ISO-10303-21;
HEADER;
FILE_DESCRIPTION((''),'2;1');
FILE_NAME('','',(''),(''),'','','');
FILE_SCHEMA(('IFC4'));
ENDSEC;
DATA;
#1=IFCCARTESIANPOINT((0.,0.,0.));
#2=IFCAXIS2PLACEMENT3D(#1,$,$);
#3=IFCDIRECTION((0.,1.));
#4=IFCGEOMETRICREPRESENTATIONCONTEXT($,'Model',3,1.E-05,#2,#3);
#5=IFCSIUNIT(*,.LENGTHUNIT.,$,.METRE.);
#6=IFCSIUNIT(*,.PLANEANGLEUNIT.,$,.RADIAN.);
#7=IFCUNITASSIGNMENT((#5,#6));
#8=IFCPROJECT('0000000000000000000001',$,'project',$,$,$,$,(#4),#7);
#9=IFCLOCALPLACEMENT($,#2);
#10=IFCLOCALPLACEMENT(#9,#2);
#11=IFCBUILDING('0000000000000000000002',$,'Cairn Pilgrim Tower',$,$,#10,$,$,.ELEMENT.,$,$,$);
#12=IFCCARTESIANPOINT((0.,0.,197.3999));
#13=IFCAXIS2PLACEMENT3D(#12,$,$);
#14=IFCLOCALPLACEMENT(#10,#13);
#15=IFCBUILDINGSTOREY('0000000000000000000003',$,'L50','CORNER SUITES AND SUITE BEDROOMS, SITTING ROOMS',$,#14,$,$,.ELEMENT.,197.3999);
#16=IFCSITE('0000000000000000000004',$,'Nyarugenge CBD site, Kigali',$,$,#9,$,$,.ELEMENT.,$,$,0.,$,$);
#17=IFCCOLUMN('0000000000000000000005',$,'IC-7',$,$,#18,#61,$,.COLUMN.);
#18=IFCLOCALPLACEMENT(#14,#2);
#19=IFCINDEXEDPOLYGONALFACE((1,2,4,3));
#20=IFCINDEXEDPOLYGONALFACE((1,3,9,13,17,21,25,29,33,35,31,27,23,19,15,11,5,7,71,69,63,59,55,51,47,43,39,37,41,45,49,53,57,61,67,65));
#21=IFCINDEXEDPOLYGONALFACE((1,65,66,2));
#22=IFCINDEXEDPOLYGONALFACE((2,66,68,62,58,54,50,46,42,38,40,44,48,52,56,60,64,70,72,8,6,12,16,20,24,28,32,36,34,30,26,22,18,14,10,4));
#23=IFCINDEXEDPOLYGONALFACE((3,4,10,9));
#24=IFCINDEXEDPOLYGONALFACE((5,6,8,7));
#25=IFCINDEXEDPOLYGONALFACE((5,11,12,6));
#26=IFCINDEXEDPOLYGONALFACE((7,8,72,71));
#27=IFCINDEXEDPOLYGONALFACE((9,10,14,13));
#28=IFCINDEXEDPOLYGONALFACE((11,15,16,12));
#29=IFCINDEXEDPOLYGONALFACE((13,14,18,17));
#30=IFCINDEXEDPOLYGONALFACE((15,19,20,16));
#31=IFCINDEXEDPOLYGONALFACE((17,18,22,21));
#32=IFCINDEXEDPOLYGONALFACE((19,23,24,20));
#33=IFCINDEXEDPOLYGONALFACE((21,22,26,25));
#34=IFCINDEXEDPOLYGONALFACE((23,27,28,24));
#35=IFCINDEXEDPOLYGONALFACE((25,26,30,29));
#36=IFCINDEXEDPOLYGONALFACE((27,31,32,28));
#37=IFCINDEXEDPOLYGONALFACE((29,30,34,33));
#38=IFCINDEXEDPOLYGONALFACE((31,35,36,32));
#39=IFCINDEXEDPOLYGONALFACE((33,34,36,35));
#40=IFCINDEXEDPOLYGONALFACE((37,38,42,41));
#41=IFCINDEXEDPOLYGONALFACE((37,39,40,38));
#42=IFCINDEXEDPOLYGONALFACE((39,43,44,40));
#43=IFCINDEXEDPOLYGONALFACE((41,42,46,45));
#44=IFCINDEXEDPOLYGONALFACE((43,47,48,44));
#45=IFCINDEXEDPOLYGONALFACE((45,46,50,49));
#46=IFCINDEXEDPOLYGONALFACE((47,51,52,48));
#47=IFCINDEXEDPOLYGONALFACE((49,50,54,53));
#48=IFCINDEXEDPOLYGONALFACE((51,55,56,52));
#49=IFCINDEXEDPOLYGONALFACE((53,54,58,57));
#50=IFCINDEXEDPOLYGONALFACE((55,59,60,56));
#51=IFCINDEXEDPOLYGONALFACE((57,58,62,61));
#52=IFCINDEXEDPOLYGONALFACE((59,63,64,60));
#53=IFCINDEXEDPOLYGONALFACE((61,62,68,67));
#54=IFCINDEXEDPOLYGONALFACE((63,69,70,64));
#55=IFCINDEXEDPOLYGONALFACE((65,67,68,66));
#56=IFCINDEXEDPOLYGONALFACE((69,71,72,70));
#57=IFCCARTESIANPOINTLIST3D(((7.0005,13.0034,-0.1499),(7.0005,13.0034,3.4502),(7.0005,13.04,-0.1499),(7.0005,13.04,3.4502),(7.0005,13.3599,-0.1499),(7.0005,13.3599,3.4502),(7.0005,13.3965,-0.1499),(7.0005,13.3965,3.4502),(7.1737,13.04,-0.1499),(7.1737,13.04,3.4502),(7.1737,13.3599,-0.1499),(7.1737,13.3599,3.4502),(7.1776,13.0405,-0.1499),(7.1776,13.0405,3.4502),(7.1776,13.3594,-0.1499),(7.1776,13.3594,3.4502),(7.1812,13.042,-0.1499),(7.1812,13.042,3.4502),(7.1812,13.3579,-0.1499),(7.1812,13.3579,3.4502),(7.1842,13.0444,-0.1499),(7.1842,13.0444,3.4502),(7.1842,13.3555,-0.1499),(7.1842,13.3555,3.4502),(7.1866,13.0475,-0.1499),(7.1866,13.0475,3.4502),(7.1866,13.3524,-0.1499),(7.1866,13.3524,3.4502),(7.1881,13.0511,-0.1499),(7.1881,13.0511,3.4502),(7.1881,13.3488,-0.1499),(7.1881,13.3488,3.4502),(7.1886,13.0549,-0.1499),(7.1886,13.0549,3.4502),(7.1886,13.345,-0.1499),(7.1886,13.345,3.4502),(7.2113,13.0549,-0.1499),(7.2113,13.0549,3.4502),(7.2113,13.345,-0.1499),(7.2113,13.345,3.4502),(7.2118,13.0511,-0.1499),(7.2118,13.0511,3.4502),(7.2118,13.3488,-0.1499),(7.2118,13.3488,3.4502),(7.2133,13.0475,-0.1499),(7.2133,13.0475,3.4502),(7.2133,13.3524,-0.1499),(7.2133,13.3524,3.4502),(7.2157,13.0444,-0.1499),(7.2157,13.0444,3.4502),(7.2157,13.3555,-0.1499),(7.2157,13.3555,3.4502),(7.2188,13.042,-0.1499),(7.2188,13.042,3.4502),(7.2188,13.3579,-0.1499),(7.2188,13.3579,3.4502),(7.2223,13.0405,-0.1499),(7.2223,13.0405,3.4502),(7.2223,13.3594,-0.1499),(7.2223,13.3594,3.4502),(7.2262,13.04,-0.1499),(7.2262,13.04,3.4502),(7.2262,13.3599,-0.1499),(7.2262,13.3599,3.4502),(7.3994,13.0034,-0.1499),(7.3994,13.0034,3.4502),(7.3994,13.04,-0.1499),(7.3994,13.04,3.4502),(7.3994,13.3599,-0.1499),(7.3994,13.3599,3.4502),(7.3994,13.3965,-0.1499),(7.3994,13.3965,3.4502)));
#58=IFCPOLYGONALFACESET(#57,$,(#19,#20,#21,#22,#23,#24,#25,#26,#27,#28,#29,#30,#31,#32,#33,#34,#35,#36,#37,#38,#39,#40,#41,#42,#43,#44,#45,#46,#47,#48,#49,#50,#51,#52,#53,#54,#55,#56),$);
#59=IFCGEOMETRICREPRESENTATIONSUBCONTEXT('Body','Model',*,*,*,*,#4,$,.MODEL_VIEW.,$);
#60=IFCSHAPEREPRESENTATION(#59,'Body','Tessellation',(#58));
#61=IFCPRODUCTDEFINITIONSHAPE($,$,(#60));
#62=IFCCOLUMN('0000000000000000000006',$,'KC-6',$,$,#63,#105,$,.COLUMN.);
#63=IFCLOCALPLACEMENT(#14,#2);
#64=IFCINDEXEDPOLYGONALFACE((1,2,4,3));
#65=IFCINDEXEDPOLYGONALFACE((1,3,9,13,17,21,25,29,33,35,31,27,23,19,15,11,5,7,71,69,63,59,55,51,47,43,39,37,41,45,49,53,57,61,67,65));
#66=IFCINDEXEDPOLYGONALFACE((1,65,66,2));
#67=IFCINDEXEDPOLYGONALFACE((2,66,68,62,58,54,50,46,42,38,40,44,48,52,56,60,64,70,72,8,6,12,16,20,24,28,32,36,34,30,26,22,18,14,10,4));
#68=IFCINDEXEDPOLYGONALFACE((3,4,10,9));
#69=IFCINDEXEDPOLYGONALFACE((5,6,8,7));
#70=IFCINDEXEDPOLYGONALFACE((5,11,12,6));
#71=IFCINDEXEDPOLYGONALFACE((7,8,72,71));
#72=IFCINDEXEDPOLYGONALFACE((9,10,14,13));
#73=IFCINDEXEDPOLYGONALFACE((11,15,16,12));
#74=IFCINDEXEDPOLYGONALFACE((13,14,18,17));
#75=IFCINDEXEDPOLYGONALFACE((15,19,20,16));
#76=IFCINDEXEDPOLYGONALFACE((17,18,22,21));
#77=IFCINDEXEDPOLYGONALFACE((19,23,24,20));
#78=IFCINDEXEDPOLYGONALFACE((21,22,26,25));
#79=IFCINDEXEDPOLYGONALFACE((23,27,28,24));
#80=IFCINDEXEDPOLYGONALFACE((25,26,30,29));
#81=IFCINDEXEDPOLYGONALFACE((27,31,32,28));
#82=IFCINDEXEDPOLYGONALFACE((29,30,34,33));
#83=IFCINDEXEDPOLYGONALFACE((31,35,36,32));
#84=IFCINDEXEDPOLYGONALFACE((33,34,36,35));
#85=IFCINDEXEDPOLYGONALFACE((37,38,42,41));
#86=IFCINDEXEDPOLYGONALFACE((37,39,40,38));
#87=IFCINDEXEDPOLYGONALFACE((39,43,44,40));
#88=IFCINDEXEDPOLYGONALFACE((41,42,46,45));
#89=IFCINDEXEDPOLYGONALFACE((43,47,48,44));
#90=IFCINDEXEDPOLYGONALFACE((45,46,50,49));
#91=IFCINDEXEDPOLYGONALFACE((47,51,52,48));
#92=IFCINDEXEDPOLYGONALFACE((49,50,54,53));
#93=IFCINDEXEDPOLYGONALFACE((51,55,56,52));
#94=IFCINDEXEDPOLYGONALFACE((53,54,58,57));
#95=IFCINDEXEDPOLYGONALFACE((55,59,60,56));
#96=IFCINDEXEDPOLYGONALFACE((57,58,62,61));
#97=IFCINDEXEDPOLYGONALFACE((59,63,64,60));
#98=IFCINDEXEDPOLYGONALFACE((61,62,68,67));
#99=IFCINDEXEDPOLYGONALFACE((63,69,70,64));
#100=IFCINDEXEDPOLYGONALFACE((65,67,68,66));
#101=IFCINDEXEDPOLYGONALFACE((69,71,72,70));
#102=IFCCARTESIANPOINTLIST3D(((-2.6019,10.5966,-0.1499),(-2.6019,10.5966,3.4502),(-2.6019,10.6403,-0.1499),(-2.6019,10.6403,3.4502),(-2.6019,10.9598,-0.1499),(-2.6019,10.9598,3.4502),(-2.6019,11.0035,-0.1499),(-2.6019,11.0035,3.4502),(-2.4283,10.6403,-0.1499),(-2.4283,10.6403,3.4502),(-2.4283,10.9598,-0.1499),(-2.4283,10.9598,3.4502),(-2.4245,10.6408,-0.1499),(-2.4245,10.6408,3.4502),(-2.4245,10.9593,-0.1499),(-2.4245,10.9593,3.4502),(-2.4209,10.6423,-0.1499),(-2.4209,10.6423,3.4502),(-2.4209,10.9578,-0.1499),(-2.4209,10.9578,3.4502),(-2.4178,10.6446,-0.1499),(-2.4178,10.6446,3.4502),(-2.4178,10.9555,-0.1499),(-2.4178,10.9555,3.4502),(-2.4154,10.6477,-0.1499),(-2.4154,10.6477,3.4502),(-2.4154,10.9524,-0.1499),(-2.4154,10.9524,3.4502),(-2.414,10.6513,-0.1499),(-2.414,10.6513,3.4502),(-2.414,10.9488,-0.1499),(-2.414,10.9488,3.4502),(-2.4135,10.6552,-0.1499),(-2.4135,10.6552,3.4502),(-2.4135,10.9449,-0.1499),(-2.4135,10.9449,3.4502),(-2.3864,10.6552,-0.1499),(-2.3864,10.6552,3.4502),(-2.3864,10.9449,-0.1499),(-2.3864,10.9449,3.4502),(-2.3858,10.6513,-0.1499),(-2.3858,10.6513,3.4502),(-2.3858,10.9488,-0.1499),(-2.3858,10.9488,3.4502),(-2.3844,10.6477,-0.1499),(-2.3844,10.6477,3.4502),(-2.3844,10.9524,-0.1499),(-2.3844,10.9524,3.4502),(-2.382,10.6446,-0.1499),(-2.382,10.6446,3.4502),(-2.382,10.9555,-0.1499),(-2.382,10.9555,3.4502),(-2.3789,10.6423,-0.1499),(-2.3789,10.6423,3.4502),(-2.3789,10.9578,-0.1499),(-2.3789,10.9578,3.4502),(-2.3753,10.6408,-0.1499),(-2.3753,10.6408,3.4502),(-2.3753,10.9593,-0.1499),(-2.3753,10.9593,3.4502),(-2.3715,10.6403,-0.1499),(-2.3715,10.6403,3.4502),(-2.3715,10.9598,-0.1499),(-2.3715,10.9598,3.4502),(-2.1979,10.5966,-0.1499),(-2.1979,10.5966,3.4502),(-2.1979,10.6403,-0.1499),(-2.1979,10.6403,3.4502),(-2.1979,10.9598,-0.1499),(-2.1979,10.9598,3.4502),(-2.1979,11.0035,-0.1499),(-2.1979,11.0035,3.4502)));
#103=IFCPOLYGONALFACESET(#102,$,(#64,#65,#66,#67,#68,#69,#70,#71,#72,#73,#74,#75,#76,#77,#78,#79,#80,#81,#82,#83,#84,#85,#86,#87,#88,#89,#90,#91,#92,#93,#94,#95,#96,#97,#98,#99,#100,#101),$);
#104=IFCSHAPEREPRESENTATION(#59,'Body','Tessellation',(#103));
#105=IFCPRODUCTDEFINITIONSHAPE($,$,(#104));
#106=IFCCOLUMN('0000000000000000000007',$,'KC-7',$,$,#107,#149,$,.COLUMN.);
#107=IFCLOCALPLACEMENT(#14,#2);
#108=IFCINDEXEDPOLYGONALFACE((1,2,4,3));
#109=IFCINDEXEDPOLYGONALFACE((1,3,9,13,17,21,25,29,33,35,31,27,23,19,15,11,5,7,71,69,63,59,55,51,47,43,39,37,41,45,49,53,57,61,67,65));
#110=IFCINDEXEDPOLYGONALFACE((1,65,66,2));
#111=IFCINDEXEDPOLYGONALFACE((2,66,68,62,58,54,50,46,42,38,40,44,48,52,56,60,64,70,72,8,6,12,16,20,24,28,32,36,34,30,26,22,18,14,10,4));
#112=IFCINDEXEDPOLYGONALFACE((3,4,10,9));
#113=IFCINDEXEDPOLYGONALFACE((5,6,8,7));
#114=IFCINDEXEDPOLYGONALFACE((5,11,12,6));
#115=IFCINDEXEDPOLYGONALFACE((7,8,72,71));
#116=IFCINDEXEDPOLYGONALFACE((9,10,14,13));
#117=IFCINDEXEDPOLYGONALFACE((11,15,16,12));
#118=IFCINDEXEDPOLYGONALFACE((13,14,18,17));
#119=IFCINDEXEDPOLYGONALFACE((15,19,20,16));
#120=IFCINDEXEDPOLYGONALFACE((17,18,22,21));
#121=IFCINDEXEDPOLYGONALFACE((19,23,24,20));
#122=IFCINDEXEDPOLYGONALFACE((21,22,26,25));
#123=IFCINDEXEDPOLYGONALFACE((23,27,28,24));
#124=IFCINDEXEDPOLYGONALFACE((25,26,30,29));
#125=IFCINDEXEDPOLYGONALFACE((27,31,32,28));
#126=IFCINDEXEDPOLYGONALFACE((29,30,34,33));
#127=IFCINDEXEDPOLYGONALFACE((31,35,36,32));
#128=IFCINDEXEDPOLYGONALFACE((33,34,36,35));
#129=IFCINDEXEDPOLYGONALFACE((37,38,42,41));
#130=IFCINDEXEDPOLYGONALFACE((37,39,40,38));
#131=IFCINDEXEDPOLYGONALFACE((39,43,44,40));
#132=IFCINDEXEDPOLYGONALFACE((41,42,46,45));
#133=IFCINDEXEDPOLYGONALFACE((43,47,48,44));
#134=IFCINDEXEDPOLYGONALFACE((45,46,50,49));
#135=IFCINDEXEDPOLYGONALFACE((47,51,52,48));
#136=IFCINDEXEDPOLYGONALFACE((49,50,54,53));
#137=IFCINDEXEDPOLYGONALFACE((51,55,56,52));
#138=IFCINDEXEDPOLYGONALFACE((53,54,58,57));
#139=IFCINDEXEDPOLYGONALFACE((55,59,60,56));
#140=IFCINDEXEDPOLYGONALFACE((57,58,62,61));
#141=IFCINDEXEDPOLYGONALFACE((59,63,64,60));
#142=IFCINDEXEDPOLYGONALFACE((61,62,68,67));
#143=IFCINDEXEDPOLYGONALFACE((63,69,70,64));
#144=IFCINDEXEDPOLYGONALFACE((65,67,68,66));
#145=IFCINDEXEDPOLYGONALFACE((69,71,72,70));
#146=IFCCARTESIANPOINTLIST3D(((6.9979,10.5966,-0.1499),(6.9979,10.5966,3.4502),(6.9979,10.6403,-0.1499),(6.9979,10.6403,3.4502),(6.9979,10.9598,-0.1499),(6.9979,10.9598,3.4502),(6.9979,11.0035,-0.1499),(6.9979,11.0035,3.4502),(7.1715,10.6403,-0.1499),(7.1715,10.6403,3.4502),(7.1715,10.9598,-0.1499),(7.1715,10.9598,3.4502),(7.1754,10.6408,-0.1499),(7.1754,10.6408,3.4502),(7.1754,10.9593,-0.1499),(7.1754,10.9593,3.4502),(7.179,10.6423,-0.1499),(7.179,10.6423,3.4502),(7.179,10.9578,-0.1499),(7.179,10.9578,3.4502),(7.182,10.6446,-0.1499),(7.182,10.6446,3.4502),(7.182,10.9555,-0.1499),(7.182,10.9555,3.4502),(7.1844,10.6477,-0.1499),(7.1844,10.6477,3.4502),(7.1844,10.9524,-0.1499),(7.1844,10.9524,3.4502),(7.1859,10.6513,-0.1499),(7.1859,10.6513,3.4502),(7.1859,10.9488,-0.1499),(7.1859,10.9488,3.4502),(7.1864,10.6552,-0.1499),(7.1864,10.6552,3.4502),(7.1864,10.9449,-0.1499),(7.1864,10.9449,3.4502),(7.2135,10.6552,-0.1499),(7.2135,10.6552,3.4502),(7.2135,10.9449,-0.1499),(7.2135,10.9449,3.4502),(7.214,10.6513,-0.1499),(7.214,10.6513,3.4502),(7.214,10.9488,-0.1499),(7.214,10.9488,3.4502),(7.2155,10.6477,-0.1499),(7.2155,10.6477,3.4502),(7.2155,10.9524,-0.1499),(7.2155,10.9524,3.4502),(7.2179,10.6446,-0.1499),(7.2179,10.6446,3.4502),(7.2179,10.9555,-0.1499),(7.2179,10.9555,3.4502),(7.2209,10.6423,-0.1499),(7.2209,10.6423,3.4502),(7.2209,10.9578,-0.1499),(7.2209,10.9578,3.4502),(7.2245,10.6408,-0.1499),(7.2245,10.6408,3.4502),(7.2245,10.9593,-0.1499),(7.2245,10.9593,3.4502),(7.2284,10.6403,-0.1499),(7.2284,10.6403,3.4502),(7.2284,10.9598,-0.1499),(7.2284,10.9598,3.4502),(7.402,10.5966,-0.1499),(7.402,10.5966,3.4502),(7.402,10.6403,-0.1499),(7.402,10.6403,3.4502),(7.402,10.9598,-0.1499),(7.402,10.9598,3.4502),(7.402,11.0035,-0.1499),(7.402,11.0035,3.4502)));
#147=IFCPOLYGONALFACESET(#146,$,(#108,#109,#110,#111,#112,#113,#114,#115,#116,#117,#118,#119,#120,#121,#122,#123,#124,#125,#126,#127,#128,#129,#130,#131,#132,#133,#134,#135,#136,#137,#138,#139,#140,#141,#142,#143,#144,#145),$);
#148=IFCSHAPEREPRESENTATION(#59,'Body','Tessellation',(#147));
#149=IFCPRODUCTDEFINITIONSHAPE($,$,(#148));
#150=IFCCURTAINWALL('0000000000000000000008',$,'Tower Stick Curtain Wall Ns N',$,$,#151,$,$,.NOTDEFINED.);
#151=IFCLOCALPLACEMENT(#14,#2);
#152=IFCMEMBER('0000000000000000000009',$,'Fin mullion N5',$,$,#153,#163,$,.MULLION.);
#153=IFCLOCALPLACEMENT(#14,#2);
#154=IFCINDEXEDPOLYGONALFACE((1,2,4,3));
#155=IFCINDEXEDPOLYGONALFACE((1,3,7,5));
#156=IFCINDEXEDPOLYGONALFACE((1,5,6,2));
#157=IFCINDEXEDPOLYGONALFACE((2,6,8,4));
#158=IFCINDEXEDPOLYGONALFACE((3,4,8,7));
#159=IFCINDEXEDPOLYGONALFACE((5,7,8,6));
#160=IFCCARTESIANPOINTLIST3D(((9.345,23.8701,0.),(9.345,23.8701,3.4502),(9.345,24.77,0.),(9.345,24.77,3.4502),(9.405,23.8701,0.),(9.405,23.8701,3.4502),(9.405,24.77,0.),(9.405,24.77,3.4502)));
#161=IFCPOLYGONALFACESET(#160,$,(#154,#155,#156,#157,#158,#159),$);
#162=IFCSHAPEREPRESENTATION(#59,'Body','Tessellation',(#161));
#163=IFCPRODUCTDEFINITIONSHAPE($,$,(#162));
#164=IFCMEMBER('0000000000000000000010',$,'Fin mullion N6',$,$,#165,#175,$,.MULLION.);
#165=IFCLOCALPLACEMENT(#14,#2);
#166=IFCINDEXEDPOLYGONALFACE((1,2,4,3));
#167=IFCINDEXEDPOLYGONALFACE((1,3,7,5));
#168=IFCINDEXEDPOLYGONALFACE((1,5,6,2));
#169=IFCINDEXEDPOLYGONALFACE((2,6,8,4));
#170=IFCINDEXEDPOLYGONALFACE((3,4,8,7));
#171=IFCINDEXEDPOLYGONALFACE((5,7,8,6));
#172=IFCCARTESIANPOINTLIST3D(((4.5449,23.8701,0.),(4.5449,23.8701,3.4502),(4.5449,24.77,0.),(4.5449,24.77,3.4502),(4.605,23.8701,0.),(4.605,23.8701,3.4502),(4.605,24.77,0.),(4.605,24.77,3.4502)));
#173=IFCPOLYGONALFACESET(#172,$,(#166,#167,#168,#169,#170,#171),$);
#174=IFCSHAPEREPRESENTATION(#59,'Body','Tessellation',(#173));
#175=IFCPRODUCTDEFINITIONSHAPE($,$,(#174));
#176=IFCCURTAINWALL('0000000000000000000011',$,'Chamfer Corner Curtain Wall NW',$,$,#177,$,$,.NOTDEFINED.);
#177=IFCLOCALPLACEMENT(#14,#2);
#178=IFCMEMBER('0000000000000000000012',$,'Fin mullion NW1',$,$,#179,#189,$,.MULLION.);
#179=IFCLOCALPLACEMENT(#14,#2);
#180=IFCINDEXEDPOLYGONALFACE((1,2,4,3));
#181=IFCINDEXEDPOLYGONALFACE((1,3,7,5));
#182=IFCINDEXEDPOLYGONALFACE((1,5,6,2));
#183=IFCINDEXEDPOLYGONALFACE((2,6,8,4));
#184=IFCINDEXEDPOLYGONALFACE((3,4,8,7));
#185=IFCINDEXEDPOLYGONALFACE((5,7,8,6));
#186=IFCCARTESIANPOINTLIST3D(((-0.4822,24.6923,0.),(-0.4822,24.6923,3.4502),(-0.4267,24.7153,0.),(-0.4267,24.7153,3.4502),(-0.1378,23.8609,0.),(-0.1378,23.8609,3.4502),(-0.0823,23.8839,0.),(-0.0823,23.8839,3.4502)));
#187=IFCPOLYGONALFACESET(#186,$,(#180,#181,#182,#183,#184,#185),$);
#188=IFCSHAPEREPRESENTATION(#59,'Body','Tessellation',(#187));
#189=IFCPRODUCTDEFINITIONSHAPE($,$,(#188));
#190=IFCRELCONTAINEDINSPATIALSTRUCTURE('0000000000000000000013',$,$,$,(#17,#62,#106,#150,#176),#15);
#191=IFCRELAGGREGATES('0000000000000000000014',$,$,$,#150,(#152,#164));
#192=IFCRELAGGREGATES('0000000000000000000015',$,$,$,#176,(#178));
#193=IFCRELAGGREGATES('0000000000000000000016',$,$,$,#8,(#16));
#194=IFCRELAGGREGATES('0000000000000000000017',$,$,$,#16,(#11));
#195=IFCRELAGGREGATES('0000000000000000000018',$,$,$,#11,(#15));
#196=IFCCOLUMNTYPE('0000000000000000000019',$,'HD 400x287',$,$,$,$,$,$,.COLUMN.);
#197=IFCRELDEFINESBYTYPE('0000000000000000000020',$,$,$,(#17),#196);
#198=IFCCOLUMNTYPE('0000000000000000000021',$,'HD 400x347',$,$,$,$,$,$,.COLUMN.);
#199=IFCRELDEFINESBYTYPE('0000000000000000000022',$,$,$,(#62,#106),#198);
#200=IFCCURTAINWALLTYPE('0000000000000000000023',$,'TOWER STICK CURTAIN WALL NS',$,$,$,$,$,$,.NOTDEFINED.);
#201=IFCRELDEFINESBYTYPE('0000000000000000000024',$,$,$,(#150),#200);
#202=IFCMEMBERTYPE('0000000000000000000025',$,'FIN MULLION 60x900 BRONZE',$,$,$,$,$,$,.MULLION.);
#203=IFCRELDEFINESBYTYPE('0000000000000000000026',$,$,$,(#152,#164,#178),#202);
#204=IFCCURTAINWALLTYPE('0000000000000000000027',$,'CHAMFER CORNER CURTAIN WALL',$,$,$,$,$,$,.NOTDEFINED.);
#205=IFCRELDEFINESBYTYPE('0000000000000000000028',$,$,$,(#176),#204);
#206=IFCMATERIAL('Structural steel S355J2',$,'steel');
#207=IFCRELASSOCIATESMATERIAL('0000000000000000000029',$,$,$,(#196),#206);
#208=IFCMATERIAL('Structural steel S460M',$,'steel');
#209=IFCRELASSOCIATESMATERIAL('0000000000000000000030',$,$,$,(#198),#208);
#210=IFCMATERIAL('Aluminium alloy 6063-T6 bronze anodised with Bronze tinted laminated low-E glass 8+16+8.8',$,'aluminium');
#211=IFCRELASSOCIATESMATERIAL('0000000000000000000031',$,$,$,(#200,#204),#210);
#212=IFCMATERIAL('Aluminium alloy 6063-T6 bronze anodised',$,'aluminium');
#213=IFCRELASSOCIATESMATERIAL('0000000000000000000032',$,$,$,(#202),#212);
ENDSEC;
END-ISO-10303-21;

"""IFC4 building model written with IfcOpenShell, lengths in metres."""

from ifc_helpers import new_model, si_unit, direction, frame, origin, origin_2d, place, context, subcontext, project, spatial, rectangle, i_section, extrude, material, material_profile, profile_set, type_object, element, aggregate, save


model = new_model("IFC4")

# Units and contexts
model_context = context("Model", 3, precision=1e-05, world=origin(), true_north=direction((0.0, 1.0)))
body_context = subcontext(model_context, "Body", "Model", "MODEL_VIEW")
ifc_project = project(units=[si_unit("LENGTHUNIT", "METRE"), si_unit("PLANEANGLEUNIT", "RADIAN")], contexts=[model_context])

# Site, building, storey
site_placement = place(None, origin())
site = spatial("IfcSite", under=ifc_project, at=site_placement, Name="Nyarugenge CBD site, Kigali", CompositionType="ELEMENT", RefElevation=0.0)
building_placement = place(site_placement, origin())
building = spatial("IfcBuilding", under=site, at=building_placement, Name="Cairn Pilgrim Tower", CompositionType="ELEMENT")
storey_placement = place(building_placement, frame((0.0, 0.0, 197.3999)))
storey = spatial("IfcBuildingStorey", under=building, at=storey_placement, Name="L50", Description="CORNER SUITES AND SUITE BEDROOMS, SITTING ROOMS", CompositionType="ELEMENT", Elevation=197.3999)

# Columns
ifc_material_1 = material(Name="Structural steel S460M", Category="steel")
ifc_material_2 = material(Name="Structural steel S355J2", Category="steel")
ifc_material_profile_1 = material_profile(ifc_material_2, i_section(OverallWidth=0.3989, OverallDepth=0.3931, WebThickness=0.0227, FlangeThickness=0.0366, FilletRadius=0.0149, at=origin_2d()), Name="HD 400x287")
ifc_profile_set_1 = profile_set([ifc_material_profile_1], Name="Structural steel S355J2")
column_type_1 = type_object("IfcColumnType", Name="HD 400x287", PredefinedType="COLUMN", material=ifc_profile_set_1)
column_placement = place(storey_placement, frame((7.2, 13.2, -0.1499), z_axis=(0.0, 0.0, 1.0), x_axis=(1.0, 0.0, 0.0)))
element("IfcColumn", 1, at=column_placement, inside=storey, type_object=column_type_1, Name="IC-7", PredefinedType="COLUMN", context=body_context, shape_type="SweptSolid", body=[
    extrude(i_section(OverallWidth=0.3989, OverallDepth=0.3931, WebThickness=0.0227, FlangeThickness=0.0366, FilletRadius=0.0149, at=origin_2d()), origin(), (0.0, 0.0, 1.0), 3.6001),
])
ifc_material_profile_2 = material_profile(ifc_material_1, i_section(OverallWidth=0.4041, OverallDepth=0.407, WebThickness=0.0271, FlangeThickness=0.0437, FilletRadius=0.0149, at=origin_2d()), Name="HD 400x347")
ifc_profile_set_2 = profile_set([ifc_material_profile_2], Name="Structural steel S460M")
column_type_2 = type_object("IfcColumnType", Name="HD 400x347", PredefinedType="COLUMN", material=ifc_profile_set_2)
for number, where, z_axis, x_axis, name in (
    (2, (-2.3999, 10.8, -0.1499), (0.0, 0.0, 1.0), (1.0, 0.0, 0.0), "KC-6"),
    (3, (7.2, 10.8, -0.1499), (0.0, 0.0, 1.0), (1.0, 0.0, 0.0), "KC-7"),
):
    element("IfcColumn", number, at=place(storey_placement, frame(where, z_axis=z_axis, x_axis=x_axis)), inside=storey, type_object=column_type_2, Name=name, PredefinedType="COLUMN", context=body_context, shape_type="SweptSolid", body=[
        extrude(i_section(OverallWidth=0.4041, OverallDepth=0.407, WebThickness=0.0271, FlangeThickness=0.0437, FilletRadius=0.0149, at=origin_2d()), origin(), (0.0, 0.0, 1.0), 3.6001),
    ])

# Curtain wall, members
ifc_material_3 = material(Name="Aluminium alloy 6063-T6 bronze anodised with Bronze tinted laminated low-E glass 8+16+8.8", Category="aluminium")
curtain_wall_type_1 = type_object("IfcCurtainWallType", Name="TOWER STICK CURTAIN WALL NS", PredefinedType="NOTDEFINED", material=ifc_material_3)
curtain_wall_1_placement = place(storey_placement, origin())
curtain_wall_1 = element("IfcCurtainWall", 4, at=curtain_wall_1_placement, inside=storey, type_object=curtain_wall_type_1, Name="Tower Stick Curtain Wall Ns N", PredefinedType="NOTDEFINED")
ifc_material_4 = material(Name="Aluminium alloy 6063-T6 bronze anodised", Category="aluminium")
ifc_material_profile_3 = material_profile(ifc_material_4, rectangle(XDim=0.8999, YDim=0.0601, at=origin_2d()), Name="FIN MULLION 60x900 BRONZE")
ifc_profile_set_3 = profile_set([ifc_material_profile_3], Name="Aluminium alloy 6063-T6 bronze anodised")
member_type_1 = type_object("IfcMemberType", Name="FIN MULLION 60x900 BRONZE", PredefinedType="MULLION", material=ifc_profile_set_3)
member_1_placement = place(storey_placement, frame((9.375, 24.3201, 0.0), z_axis=(0.0, 0.0, 1.0), x_axis=(0.0, 1.0, 0.0)))
member_1 = element("IfcMember", 5, at=member_1_placement, type_object=member_type_1, Name="Fin mullion N5", PredefinedType="MULLION", context=body_context, shape_type="SweptSolid", body=[
    extrude(rectangle(XDim=0.8999, YDim=0.0601, at=origin_2d()), origin(), (0.0, 0.0, 1.0), 3.4502),
])
member_2_placement = place(storey_placement, frame((4.575, 24.3201, 0.0), z_axis=(0.0, 0.0, 1.0), x_axis=(0.0, 1.0, 0.0)))
member_2 = element("IfcMember", 6, at=member_2_placement, type_object=member_type_1, Name="Fin mullion N6", PredefinedType="MULLION", context=body_context, shape_type="SweptSolid", body=[
    extrude(rectangle(XDim=0.8999, YDim=0.0601, at=origin_2d()), origin(), (0.0, 0.0, 1.0), 3.4502),
])
aggregate(curtain_wall_1, [member_1, member_2])

# Curtain wall, member
curtain_wall_type_2 = type_object("IfcCurtainWallType", Name="CHAMFER CORNER CURTAIN WALL", PredefinedType="NOTDEFINED", material=ifc_material_3)
curtain_wall_2_placement = place(storey_placement, origin())
curtain_wall_2 = element("IfcCurtainWall", 7, at=curtain_wall_2_placement, inside=storey, type_object=curtain_wall_type_2, Name="Chamfer Corner Curtain Wall NW", PredefinedType="NOTDEFINED")
member_3_placement = place(storey_placement, frame((-0.2822, 24.2881, 0.0), z_axis=(0.0, 0.0, 1.0), x_axis=(-0.382683, 0.92388, 0.0)))
member_3 = element("IfcMember", 8, at=member_3_placement, type_object=member_type_1, Name="Fin mullion NW1", PredefinedType="MULLION", context=body_context, shape_type="SweptSolid", body=[
    extrude(rectangle(XDim=0.8999, YDim=0.0601, at=origin_2d()), origin(), (0.0, 0.0, 1.0), 3.4502),
])
aggregate(curtain_wall_2, [member_3])

save(model, "model.ifc")
